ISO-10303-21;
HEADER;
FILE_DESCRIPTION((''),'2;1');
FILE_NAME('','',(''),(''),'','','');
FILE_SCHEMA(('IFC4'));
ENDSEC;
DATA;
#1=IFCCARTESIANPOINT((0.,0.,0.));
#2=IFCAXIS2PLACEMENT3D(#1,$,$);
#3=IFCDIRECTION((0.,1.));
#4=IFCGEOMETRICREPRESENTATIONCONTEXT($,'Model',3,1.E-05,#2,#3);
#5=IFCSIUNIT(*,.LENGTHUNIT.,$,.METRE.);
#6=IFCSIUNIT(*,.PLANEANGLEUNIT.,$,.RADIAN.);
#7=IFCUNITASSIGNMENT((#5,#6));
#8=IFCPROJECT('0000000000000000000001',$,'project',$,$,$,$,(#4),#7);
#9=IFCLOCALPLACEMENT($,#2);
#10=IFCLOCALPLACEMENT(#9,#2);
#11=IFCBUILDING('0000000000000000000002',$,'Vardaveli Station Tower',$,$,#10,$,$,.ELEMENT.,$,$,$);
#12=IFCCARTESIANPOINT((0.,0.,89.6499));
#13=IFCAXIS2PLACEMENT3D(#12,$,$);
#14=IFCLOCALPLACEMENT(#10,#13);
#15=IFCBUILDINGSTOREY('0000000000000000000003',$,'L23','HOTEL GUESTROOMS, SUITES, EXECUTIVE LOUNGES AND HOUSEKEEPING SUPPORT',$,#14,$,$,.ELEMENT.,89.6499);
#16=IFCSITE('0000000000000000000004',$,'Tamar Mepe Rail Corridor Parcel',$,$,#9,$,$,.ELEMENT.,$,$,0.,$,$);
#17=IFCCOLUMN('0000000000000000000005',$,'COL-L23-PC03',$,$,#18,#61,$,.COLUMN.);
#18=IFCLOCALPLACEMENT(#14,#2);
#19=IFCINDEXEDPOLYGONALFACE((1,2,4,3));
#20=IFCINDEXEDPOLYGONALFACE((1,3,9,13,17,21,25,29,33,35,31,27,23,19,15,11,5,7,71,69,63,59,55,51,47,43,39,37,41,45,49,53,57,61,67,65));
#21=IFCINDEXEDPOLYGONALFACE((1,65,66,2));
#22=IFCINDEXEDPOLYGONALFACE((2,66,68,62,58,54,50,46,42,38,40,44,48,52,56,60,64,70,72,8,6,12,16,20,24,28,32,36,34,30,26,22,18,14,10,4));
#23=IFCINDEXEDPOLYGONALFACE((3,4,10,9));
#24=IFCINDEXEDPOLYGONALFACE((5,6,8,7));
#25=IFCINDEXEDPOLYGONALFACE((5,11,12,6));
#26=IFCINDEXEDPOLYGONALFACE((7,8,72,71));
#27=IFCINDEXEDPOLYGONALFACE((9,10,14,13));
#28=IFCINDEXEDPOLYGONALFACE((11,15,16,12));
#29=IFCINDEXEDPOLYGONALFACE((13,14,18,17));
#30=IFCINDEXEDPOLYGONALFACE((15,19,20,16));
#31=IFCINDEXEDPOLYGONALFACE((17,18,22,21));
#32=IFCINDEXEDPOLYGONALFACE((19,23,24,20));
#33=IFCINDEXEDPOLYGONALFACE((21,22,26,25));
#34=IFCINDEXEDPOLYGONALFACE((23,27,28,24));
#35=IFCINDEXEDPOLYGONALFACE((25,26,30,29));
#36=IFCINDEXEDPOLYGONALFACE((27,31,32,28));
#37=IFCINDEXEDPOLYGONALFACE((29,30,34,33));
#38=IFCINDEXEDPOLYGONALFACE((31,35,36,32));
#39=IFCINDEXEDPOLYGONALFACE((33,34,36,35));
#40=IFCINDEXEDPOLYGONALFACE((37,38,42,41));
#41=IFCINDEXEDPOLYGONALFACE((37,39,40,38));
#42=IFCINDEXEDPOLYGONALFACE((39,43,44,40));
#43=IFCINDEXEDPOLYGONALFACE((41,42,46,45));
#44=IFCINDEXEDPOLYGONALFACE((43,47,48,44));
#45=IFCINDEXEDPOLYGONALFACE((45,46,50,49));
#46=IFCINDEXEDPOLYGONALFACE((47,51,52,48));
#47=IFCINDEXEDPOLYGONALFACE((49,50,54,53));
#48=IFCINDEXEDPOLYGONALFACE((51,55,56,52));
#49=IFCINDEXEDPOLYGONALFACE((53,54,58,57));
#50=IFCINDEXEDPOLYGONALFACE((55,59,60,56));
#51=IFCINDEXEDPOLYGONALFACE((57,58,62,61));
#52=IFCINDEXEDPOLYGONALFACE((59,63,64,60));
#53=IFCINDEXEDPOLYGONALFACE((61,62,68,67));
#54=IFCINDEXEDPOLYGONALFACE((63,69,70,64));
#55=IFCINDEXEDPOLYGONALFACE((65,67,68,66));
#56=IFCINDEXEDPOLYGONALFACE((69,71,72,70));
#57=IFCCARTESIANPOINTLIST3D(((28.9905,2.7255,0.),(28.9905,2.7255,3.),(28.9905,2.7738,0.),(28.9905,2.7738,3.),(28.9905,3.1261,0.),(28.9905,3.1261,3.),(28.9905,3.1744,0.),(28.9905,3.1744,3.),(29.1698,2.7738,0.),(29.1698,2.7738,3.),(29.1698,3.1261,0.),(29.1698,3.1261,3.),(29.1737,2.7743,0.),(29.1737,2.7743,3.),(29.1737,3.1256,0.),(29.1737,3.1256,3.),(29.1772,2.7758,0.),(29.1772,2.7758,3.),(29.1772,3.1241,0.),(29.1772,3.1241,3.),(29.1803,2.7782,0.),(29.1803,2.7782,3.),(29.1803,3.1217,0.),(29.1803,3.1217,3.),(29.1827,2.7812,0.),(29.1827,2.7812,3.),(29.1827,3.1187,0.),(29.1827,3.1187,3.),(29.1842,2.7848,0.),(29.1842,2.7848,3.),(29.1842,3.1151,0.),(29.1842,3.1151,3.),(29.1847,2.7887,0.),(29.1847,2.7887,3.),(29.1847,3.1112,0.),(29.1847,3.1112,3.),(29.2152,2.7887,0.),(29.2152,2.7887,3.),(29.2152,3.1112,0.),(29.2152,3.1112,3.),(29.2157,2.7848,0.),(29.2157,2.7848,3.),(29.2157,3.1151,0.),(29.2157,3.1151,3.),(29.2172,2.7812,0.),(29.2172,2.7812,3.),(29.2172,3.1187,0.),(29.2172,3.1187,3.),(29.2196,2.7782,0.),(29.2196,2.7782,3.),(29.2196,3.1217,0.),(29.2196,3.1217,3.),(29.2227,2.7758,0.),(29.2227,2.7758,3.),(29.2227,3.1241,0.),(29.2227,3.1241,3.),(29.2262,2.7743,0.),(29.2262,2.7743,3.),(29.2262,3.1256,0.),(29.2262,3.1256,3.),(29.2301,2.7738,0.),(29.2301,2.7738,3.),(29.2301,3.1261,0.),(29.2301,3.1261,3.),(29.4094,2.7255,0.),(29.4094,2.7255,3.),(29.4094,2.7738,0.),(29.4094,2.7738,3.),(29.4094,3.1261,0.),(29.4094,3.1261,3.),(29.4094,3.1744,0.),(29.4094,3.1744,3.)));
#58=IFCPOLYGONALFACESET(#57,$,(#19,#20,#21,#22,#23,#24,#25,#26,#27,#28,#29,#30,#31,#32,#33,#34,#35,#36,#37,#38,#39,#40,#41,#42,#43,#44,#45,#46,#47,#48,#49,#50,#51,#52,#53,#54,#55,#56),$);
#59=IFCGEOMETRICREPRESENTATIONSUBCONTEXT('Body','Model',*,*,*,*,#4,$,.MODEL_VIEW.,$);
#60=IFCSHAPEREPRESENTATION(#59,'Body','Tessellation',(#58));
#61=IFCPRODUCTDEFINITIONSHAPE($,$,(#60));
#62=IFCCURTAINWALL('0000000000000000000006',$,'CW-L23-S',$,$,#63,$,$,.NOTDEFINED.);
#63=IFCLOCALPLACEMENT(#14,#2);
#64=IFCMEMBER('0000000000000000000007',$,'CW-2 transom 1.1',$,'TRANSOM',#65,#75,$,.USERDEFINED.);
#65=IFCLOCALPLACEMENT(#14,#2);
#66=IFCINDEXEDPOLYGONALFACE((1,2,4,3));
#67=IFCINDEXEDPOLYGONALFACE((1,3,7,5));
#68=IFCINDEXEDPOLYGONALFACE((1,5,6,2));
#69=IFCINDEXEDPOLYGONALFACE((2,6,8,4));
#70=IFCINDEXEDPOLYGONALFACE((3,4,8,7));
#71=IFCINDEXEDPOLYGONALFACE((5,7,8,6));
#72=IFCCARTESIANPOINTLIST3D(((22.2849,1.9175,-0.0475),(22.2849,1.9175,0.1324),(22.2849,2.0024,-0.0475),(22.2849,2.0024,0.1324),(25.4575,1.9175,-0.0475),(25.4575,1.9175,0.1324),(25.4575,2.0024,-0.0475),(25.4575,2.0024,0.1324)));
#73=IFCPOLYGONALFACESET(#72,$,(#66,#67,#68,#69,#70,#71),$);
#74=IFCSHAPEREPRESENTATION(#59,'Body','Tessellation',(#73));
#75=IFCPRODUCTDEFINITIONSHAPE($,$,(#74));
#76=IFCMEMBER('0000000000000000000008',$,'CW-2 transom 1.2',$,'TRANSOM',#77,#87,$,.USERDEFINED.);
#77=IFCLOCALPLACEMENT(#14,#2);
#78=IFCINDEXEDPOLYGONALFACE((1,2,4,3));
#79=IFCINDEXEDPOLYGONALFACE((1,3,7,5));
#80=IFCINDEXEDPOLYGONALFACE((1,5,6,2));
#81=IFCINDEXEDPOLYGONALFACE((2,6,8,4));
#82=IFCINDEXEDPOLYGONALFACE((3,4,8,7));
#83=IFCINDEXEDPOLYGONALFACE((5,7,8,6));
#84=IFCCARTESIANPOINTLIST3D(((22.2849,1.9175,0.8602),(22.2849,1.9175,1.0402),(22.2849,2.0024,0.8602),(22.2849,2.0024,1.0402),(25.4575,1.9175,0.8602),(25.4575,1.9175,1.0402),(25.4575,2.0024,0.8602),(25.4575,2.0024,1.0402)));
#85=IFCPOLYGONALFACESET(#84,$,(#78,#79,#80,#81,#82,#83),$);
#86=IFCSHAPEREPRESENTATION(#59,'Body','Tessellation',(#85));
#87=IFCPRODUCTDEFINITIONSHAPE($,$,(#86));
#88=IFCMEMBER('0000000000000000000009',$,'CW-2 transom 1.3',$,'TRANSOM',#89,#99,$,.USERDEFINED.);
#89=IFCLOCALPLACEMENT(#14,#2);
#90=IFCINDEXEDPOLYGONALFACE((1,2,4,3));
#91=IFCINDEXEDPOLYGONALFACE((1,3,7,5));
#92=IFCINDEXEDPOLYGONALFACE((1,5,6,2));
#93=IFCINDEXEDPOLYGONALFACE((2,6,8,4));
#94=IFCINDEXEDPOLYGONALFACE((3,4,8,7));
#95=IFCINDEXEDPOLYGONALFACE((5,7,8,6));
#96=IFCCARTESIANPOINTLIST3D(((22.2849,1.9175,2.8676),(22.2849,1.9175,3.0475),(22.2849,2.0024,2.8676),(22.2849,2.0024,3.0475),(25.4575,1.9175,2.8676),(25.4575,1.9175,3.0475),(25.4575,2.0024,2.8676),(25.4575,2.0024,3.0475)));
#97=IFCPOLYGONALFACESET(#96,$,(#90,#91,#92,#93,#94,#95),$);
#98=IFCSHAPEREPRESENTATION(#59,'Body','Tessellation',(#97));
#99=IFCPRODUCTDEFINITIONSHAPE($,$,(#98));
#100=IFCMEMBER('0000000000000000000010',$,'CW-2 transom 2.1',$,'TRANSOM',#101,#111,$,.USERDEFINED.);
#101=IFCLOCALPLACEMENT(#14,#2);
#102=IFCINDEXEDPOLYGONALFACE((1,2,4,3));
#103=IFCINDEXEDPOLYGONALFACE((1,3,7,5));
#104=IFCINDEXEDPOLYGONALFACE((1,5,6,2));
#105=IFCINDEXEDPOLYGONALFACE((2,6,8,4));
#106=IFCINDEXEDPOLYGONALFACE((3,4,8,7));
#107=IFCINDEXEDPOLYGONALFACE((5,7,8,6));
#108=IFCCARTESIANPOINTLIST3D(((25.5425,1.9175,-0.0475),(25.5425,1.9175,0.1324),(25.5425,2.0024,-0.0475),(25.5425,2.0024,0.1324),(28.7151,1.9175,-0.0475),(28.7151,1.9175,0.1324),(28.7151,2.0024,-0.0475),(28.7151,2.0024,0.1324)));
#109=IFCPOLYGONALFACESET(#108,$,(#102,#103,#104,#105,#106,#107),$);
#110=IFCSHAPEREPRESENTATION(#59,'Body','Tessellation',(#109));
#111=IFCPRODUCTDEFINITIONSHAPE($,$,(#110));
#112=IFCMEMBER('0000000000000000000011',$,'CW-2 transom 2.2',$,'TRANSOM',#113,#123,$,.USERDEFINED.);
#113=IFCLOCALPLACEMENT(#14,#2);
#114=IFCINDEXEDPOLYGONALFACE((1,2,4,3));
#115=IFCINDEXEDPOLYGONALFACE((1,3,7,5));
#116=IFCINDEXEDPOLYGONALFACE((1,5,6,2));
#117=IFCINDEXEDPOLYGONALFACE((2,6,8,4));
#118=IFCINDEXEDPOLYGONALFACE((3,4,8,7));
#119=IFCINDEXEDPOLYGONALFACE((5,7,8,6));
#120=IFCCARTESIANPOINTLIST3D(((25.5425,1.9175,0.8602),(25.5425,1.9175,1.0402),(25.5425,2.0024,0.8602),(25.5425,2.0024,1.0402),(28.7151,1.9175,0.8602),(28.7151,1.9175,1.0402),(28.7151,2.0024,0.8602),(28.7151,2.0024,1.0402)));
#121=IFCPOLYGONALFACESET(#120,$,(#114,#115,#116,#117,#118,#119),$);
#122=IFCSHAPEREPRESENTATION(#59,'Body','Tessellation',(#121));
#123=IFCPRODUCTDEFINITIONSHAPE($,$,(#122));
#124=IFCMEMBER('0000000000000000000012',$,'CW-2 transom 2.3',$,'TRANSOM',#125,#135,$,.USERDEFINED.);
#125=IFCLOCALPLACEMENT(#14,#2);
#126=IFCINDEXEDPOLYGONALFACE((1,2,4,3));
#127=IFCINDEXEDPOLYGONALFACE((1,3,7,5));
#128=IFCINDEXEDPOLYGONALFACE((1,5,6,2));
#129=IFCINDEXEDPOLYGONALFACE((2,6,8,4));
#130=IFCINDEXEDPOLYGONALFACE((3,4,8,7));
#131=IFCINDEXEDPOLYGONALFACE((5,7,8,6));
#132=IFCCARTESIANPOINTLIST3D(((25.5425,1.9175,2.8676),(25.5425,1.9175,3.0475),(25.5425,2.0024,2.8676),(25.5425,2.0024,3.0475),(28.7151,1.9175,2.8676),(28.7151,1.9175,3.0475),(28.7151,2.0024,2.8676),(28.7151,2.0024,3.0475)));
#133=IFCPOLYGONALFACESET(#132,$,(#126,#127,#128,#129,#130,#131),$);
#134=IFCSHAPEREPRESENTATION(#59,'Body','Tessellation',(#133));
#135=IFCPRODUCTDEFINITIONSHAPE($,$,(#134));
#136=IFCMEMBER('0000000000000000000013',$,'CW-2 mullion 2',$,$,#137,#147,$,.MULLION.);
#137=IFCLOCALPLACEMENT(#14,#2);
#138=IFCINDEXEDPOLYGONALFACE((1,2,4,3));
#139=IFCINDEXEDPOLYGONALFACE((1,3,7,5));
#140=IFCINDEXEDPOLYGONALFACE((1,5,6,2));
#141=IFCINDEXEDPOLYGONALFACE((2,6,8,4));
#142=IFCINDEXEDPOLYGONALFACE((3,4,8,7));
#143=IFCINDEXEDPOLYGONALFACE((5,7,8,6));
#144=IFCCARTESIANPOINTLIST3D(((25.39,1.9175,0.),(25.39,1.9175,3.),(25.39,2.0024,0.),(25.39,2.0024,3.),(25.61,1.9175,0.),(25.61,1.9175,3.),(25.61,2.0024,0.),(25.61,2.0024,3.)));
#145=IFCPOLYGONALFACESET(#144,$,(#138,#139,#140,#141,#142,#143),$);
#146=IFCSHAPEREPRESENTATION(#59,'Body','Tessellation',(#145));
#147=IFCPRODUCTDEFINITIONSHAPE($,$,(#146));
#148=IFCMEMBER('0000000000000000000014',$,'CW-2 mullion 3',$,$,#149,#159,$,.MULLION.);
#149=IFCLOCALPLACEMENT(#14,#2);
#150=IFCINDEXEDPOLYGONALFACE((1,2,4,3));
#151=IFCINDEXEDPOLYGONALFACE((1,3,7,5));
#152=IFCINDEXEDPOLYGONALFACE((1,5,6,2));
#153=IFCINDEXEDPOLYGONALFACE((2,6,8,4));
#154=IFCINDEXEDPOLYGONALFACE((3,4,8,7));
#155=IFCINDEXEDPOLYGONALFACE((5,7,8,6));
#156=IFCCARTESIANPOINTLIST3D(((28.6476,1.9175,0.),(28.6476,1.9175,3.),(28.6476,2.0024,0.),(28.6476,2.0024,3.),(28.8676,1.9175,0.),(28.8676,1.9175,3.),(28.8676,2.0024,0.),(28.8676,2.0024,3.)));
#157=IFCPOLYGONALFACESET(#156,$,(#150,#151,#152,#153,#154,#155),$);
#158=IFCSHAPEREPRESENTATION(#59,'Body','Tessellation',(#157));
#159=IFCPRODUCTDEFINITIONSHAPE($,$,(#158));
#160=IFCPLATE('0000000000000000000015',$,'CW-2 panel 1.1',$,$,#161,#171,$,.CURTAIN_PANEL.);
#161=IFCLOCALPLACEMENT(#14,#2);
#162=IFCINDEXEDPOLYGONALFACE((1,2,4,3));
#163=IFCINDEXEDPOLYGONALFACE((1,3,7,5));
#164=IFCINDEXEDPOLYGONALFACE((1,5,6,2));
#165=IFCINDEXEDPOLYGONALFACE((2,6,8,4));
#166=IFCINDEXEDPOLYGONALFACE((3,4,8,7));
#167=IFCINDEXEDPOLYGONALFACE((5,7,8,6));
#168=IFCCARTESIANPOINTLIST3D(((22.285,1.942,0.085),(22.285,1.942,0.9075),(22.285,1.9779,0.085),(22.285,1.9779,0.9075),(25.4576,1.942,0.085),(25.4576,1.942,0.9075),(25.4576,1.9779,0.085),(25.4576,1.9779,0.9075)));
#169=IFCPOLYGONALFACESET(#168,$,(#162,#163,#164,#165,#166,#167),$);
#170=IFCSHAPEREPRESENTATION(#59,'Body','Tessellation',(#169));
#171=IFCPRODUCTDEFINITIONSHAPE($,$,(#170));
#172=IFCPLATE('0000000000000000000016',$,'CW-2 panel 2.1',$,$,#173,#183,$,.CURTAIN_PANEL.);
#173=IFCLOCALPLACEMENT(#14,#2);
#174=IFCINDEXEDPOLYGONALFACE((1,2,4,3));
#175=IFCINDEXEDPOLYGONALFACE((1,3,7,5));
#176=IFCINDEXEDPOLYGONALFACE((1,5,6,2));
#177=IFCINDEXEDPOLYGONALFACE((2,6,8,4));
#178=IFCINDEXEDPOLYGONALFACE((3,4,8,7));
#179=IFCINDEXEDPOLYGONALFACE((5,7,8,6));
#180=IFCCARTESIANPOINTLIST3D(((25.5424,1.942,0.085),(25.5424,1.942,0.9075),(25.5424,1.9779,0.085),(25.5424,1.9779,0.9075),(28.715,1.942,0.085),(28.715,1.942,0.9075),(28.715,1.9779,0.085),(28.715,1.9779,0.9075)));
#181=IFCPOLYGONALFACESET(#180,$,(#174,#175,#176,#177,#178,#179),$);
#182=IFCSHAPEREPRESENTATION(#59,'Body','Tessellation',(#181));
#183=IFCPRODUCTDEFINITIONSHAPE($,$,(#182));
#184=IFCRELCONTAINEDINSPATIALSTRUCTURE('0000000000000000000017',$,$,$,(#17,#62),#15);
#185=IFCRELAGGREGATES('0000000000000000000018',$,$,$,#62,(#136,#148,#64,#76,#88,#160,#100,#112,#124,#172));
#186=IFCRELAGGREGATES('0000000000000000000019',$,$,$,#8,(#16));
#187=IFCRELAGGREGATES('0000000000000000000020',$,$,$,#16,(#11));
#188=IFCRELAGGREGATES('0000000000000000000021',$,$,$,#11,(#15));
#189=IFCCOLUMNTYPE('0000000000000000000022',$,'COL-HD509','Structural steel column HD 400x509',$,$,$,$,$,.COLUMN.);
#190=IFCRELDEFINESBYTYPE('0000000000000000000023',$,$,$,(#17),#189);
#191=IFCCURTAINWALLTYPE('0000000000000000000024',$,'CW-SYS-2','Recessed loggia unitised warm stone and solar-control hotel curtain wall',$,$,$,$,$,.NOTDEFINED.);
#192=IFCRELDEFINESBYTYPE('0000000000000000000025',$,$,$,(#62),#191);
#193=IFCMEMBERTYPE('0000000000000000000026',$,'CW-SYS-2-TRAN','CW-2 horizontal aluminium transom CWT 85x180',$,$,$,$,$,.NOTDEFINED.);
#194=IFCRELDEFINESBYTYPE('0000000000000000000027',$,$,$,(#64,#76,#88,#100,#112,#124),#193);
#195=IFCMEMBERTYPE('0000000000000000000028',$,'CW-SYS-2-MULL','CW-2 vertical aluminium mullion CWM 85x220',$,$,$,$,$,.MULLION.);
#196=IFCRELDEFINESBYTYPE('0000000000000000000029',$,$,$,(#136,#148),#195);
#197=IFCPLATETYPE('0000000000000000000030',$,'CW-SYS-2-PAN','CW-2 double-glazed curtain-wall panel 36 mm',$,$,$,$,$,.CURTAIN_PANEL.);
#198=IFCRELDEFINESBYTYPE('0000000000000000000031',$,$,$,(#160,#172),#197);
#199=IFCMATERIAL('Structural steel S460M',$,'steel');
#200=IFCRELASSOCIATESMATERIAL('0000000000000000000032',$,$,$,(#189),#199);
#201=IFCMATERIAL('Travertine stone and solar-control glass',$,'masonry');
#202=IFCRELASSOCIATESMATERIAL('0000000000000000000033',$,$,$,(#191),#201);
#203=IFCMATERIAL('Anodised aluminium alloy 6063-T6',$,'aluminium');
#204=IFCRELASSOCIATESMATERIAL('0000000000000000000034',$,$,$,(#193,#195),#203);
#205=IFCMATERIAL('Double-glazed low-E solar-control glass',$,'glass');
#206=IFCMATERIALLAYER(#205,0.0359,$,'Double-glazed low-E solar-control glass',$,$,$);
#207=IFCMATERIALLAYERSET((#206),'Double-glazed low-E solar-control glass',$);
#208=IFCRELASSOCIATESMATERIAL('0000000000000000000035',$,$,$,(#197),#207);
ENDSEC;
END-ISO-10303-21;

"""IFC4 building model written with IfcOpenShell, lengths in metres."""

from ifc_helpers import new_model, si_unit, direction, frame, origin, origin_2d, place, context, subcontext, project, spatial, rectangle, i_section, extrude, source, transform, mapped, material, layer, layer_set, material_profile, profile_set, type_object, element, aggregate, save


model = new_model("IFC4")

# Units and contexts
model_context = context("Model", 3, precision=1e-05, world=origin(), true_north=direction((0.0, 1.0)))
body_context = subcontext(model_context, "Body", "Model", "MODEL_VIEW")
ifc_project = project(units=[si_unit("LENGTHUNIT", "METRE"), si_unit("PLANEANGLEUNIT", "RADIAN")], contexts=[model_context])

# Site, building, storey
site_placement = place(None, origin())
site = spatial("IfcSite", under=ifc_project, at=site_placement, Name="Tamar Mepe Rail Corridor Parcel", CompositionType="ELEMENT", RefElevation=0.0)
building_placement = place(site_placement, origin())
building = spatial("IfcBuilding", under=site, at=building_placement, Name="Vardaveli Station Tower", CompositionType="ELEMENT")
storey_placement = place(building_placement, frame((0.0, 0.0, 89.6499)))
storey = spatial("IfcBuildingStorey", under=building, at=storey_placement, Name="L23", Description="HOTEL GUESTROOMS, SUITES, EXECUTIVE LOUNGES AND HOUSEKEEPING SUPPORT", CompositionType="ELEMENT", Elevation=89.6499)

# Column
ifc_material_1 = material(Name="Structural steel S460M", Category="steel")
ifc_material_profile_1 = material_profile(ifc_material_1, i_section(OverallWidth=0.4189, OverallDepth=0.449, WebThickness=0.0305, FlangeThickness=0.0483, FilletRadius=0.0149, at=origin_2d()), Name="HD 400x509")
ifc_profile_set_1 = profile_set([ifc_material_profile_1], Name="Structural steel S460M")
column_type = type_object("IfcColumnType", Name="COL-HD509", Description="Structural steel column HD 400x509", PredefinedType="COLUMN", material=ifc_profile_set_1)
shared_shape_1 = source(origin(), body_context, "Body", "SweptSolid", [
    extrude(i_section(OverallWidth=0.4189, OverallDepth=0.449, WebThickness=0.0305, FlangeThickness=0.0483, FilletRadius=0.0149, at=origin_2d()), origin(), (0.0, 0.0, 1.0), 3.0),
])
column_placement = place(storey_placement, frame((29.2, 2.95, 0.0), z_axis=(0.0, 0.0, 1.0), x_axis=(1.0, 0.0, 0.0)))
element("IfcColumn", 1, at=column_placement, inside=storey, type_object=column_type, Name="COL-L23-PC03", PredefinedType="COLUMN", context=body_context, shape_type="MappedRepresentation", body=[
    mapped(shared_shape_1, transform((0.0, 0.0, 0.0), scale=1.0)),
])

# Curtain wall, members, plates
ifc_material_2 = material(Name="Travertine stone and solar-control glass", Category="masonry")
curtain_wall_type = type_object("IfcCurtainWallType", Name="CW-SYS-2", Description="Recessed loggia unitised warm stone and solar-control hotel curtain wall", PredefinedType="NOTDEFINED", material=ifc_material_2)
curtain_wall_placement = place(storey_placement, origin())
curtain_wall = element("IfcCurtainWall", 2, at=curtain_wall_placement, inside=storey, type_object=curtain_wall_type, Name="CW-L23-S", PredefinedType="NOTDEFINED")
ifc_material_3 = material(Name="Anodised aluminium alloy 6063-T6", Category="aluminium")
ifc_material_profile_2 = material_profile(ifc_material_3, rectangle(XDim=0.085, YDim=0.1799, at=origin_2d()), Name="CWT 85x180")
ifc_profile_set_2 = profile_set([ifc_material_profile_2], Name="Anodised aluminium alloy 6063-T6")
member_type_1 = type_object("IfcMemberType", Name="CW-SYS-2-TRAN", Description="CW-2 horizontal aluminium transom CWT 85x180", PredefinedType="NOTDEFINED", material=ifc_profile_set_2)
shared_shape_2 = source(origin(), body_context, "Body", "SweptSolid", [
    extrude(rectangle(XDim=0.085, YDim=0.1799, at=origin_2d()), origin(), (0.0, 0.0, 1.0), 3.1726),
])
member_1_placement = place(storey_placement, frame((22.2849, 1.96, 0.0425), z_axis=(1.0, 0.0, 0.0), x_axis=(0.0, 1.0, 0.0)))
member_1 = element("IfcMember", 3, at=member_1_placement, type_object=member_type_1, Name="CW-2 transom 1.1", ObjectType="TRANSOM", PredefinedType="USERDEFINED", context=body_context, shape_type="MappedRepresentation", body=[
    mapped(shared_shape_2, transform((0.0, 0.0, 0.0), scale=1.0)),
])
member_2_placement = place(storey_placement, frame((22.2849, 1.96, 0.9502), z_axis=(1.0, 0.0, 0.0), x_axis=(0.0, 1.0, 0.0)))
member_2 = element("IfcMember", 4, at=member_2_placement, type_object=member_type_1, Name="CW-2 transom 1.2", ObjectType="TRANSOM", PredefinedType="USERDEFINED", context=body_context, shape_type="MappedRepresentation", body=[
    mapped(shared_shape_2, transform((0.0, 0.0, 0.0), scale=1.0)),
])
member_3_placement = place(storey_placement, frame((22.2849, 1.96, 2.9575), z_axis=(1.0, 0.0, 0.0), x_axis=(0.0, 1.0, 0.0)))
member_3 = element("IfcMember", 5, at=member_3_placement, type_object=member_type_1, Name="CW-2 transom 1.3", ObjectType="TRANSOM", PredefinedType="USERDEFINED", context=body_context, shape_type="MappedRepresentation", body=[
    mapped(shared_shape_2, transform((0.0, 0.0, 0.0), scale=1.0)),
])
member_4_placement = place(storey_placement, frame((25.5425, 1.96, 0.0425), z_axis=(1.0, 0.0, 0.0), x_axis=(0.0, 1.0, 0.0)))
member_4 = element("IfcMember", 6, at=member_4_placement, type_object=member_type_1, Name="CW-2 transom 2.1", ObjectType="TRANSOM", PredefinedType="USERDEFINED", context=body_context, shape_type="MappedRepresentation", body=[
    mapped(shared_shape_2, transform((0.0, 0.0, 0.0), scale=1.0)),
])
member_5_placement = place(storey_placement, frame((25.5425, 1.96, 0.9502), z_axis=(1.0, 0.0, 0.0), x_axis=(0.0, 1.0, 0.0)))
member_5 = element("IfcMember", 7, at=member_5_placement, type_object=member_type_1, Name="CW-2 transom 2.2", ObjectType="TRANSOM", PredefinedType="USERDEFINED", context=body_context, shape_type="MappedRepresentation", body=[
    mapped(shared_shape_2, transform((0.0, 0.0, 0.0), scale=1.0)),
])
member_6_placement = place(storey_placement, frame((25.5425, 1.96, 2.9575), z_axis=(1.0, 0.0, 0.0), x_axis=(0.0, 1.0, 0.0)))
member_6 = element("IfcMember", 8, at=member_6_placement, type_object=member_type_1, Name="CW-2 transom 2.3", ObjectType="TRANSOM", PredefinedType="USERDEFINED", context=body_context, shape_type="MappedRepresentation", body=[
    mapped(shared_shape_2, transform((0.0, 0.0, 0.0), scale=1.0)),
])
ifc_material_profile_3 = material_profile(ifc_material_3, rectangle(XDim=0.085, YDim=0.22, at=origin_2d()), Name="CWM 85x220")
ifc_profile_set_3 = profile_set([ifc_material_profile_3], Name="Anodised aluminium alloy 6063-T6")
member_type_2 = type_object("IfcMemberType", Name="CW-SYS-2-MULL", Description="CW-2 vertical aluminium mullion CWM 85x220", PredefinedType="MULLION", material=ifc_profile_set_3)
shared_shape_3 = source(origin(), body_context, "Body", "SweptSolid", [
    extrude(rectangle(XDim=0.085, YDim=0.22, at=origin_2d()), origin(), (0.0, 0.0, 1.0), 3.0),
])
member_7_placement = place(storey_placement, frame((25.5, 1.96, 0.0), z_axis=(0.0, 0.0, 1.0), x_axis=(0.0, 1.0, 0.0)))
member_7 = element("IfcMember", 9, at=member_7_placement, type_object=member_type_2, Name="CW-2 mullion 2", PredefinedType="MULLION", context=body_context, shape_type="MappedRepresentation", body=[
    mapped(shared_shape_3, transform((0.0, 0.0, 0.0), scale=1.0)),
])
member_8_placement = place(storey_placement, frame((28.7576, 1.96, 0.0), z_axis=(0.0, 0.0, 1.0), x_axis=(0.0, 1.0, 0.0)))
member_8 = element("IfcMember", 10, at=member_8_placement, type_object=member_type_2, Name="CW-2 mullion 3", PredefinedType="MULLION", context=body_context, shape_type="MappedRepresentation", body=[
    mapped(shared_shape_3, transform((0.0, 0.0, 0.0), scale=1.0)),
])
ifc_material_4 = material(Name="Double-glazed low-E solar-control glass", Category="glass")
ifc_layer_1 = layer(ifc_material_4, 0.0359, Name="Double-glazed low-E solar-control glass")
ifc_layer_set_1 = layer_set([ifc_layer_1], Name="Double-glazed low-E solar-control glass")
plate_type = type_object("IfcPlateType", Name="CW-SYS-2-PAN", Description="CW-2 double-glazed curtain-wall panel 36 mm", PredefinedType="CURTAIN_PANEL", material=ifc_layer_set_1)
shared_shape_4 = source(origin(), body_context, "Body", "SweptSolid", [
    extrude(rectangle(XDim=3.1726, YDim=0.0359, at=origin_2d()), origin(), (0.0, 0.0, 1.0), 0.8225),
])
plate_1_placement = place(storey_placement, frame((23.8713, 1.96, 0.085), z_axis=(0.0, 0.0, 1.0), x_axis=(1.0, 0.0, 0.0)))
plate_1 = element("IfcPlate", 11, at=plate_1_placement, type_object=plate_type, Name="CW-2 panel 1.1", PredefinedType="CURTAIN_PANEL", context=body_context, shape_type="MappedRepresentation", body=[
    mapped(shared_shape_4, transform((0.0, 0.0, 0.0), scale=1.0)),
])
plate_2_placement = place(storey_placement, frame((27.1287, 1.96, 0.085), z_axis=(0.0, 0.0, 1.0), x_axis=(1.0, 0.0, 0.0)))
plate_2 = element("IfcPlate", 12, at=plate_2_placement, type_object=plate_type, Name="CW-2 panel 2.1", PredefinedType="CURTAIN_PANEL", context=body_context, shape_type="MappedRepresentation", body=[
    mapped(shared_shape_4, transform((0.0, 0.0, 0.0), scale=1.0)),
])
aggregate(curtain_wall, [member_7, member_8, member_1, member_2, member_3, plate_1, member_4, member_5, member_6, plate_2])

save(model, "model.ifc")
